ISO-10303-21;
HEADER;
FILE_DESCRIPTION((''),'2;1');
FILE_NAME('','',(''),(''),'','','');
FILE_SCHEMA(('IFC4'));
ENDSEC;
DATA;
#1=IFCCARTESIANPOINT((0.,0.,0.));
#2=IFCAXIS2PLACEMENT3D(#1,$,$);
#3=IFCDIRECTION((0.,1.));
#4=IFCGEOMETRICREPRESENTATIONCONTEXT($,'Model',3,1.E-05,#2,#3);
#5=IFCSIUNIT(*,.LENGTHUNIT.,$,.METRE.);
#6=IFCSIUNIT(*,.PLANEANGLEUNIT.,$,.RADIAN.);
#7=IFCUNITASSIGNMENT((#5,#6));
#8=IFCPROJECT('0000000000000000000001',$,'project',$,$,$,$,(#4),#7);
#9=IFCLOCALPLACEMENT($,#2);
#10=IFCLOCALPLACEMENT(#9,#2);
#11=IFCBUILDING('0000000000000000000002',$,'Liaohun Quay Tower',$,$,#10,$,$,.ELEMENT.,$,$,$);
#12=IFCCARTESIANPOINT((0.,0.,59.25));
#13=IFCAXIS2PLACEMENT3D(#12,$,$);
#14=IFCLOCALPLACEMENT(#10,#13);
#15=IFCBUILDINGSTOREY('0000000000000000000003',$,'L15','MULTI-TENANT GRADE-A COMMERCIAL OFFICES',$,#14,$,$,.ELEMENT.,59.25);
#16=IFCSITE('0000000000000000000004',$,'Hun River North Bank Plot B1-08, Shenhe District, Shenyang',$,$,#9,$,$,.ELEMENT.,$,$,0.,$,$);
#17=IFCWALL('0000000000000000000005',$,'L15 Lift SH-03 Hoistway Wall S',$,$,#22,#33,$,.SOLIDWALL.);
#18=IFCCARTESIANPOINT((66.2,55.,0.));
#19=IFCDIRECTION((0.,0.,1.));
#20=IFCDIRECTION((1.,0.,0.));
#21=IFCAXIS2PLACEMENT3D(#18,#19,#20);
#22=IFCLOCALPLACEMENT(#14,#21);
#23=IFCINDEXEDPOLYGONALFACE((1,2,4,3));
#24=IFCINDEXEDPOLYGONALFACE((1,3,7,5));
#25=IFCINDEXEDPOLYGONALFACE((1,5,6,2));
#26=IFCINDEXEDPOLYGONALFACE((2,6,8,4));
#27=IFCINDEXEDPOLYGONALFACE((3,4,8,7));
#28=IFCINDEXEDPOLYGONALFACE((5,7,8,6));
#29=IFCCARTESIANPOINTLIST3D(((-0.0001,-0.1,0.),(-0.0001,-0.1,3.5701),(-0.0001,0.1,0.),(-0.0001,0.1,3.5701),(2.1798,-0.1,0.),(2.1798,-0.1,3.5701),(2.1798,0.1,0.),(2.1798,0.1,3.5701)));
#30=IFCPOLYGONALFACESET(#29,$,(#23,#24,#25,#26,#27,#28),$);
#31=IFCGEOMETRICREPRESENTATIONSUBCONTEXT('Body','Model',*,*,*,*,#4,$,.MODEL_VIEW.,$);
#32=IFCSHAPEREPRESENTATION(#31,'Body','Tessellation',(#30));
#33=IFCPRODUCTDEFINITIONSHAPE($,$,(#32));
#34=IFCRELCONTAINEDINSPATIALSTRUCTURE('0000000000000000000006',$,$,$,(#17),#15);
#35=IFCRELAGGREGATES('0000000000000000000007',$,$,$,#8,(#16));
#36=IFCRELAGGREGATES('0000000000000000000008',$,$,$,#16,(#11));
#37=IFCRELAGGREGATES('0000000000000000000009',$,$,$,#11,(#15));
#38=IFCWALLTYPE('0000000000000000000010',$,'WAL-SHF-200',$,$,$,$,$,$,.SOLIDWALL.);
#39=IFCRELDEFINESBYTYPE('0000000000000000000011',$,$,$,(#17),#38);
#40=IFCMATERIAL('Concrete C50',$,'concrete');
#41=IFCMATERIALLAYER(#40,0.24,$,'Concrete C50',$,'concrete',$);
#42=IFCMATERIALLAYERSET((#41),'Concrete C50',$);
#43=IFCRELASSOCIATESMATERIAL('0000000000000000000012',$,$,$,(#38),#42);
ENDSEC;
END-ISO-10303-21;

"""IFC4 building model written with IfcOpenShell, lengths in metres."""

from ifc_helpers import new_model, si_unit, direction, frame, frame_2d, origin, place, context, subcontext, project, spatial, rectangle, extrude, material, layer, layer_set, type_object, element, save


model = new_model("IFC4")

# Units and contexts
model_context = context("Model", 3, precision=1e-05, world=origin(), true_north=direction((0.0, 1.0)))
body_context = subcontext(model_context, "Body", "Model", "MODEL_VIEW")
ifc_project = project(units=[si_unit("LENGTHUNIT", "METRE"), si_unit("PLANEANGLEUNIT", "RADIAN")], contexts=[model_context])

# Site, building, storey
site_placement = place(None, origin())
site = spatial("IfcSite", under=ifc_project, at=site_placement, Name="Hun River North Bank Plot B1-08, Shenhe District, Shenyang", CompositionType="ELEMENT", RefElevation=0.0)
building_placement = place(site_placement, origin())
building = spatial("IfcBuilding", under=site, at=building_placement, Name="Liaohun Quay Tower", CompositionType="ELEMENT")
storey_placement = place(building_placement, frame((0.0, 0.0, 59.25)))
storey = spatial("IfcBuildingStorey", under=building, at=storey_placement, Name="L15", Description="MULTI-TENANT GRADE-A COMMERCIAL OFFICES", CompositionType="ELEMENT", Elevation=59.25)

# Shared definitions
ifc_material_1 = material(Name="Concrete C50", Category="concrete")
ifc_layer_1 = layer(ifc_material_1, 0.24, Name="Concrete C50", Category="concrete")
ifc_layer_set_1 = layer_set([ifc_layer_1], Name="Concrete C50")
wall_type_1 = type_object("IfcWallType", Name="WAL-SHF-200", PredefinedType="SOLIDWALL", material=ifc_layer_set_1)

# Wall
wall_1_placement = place(storey_placement, frame((66.2, 55.0, 0.0), z_axis=(0.0, 0.0, 1.0), x_axis=(1.0, 0.0, 0.0)))
element("IfcWall", 1, at=wall_1_placement, inside=storey, type_object=wall_type_1, Name="L15 Lift SH-03 Hoistway Wall S", PredefinedType="SOLIDWALL", context=body_context, shape_type="SweptSolid", body=[
    extrude(rectangle(XDim=2.1799, YDim=0.2, at=frame_2d((1.0898, 0.0))), origin(), (0.0, 0.0, 1.0), 3.5701),
])

save(model, "model.ifc")
